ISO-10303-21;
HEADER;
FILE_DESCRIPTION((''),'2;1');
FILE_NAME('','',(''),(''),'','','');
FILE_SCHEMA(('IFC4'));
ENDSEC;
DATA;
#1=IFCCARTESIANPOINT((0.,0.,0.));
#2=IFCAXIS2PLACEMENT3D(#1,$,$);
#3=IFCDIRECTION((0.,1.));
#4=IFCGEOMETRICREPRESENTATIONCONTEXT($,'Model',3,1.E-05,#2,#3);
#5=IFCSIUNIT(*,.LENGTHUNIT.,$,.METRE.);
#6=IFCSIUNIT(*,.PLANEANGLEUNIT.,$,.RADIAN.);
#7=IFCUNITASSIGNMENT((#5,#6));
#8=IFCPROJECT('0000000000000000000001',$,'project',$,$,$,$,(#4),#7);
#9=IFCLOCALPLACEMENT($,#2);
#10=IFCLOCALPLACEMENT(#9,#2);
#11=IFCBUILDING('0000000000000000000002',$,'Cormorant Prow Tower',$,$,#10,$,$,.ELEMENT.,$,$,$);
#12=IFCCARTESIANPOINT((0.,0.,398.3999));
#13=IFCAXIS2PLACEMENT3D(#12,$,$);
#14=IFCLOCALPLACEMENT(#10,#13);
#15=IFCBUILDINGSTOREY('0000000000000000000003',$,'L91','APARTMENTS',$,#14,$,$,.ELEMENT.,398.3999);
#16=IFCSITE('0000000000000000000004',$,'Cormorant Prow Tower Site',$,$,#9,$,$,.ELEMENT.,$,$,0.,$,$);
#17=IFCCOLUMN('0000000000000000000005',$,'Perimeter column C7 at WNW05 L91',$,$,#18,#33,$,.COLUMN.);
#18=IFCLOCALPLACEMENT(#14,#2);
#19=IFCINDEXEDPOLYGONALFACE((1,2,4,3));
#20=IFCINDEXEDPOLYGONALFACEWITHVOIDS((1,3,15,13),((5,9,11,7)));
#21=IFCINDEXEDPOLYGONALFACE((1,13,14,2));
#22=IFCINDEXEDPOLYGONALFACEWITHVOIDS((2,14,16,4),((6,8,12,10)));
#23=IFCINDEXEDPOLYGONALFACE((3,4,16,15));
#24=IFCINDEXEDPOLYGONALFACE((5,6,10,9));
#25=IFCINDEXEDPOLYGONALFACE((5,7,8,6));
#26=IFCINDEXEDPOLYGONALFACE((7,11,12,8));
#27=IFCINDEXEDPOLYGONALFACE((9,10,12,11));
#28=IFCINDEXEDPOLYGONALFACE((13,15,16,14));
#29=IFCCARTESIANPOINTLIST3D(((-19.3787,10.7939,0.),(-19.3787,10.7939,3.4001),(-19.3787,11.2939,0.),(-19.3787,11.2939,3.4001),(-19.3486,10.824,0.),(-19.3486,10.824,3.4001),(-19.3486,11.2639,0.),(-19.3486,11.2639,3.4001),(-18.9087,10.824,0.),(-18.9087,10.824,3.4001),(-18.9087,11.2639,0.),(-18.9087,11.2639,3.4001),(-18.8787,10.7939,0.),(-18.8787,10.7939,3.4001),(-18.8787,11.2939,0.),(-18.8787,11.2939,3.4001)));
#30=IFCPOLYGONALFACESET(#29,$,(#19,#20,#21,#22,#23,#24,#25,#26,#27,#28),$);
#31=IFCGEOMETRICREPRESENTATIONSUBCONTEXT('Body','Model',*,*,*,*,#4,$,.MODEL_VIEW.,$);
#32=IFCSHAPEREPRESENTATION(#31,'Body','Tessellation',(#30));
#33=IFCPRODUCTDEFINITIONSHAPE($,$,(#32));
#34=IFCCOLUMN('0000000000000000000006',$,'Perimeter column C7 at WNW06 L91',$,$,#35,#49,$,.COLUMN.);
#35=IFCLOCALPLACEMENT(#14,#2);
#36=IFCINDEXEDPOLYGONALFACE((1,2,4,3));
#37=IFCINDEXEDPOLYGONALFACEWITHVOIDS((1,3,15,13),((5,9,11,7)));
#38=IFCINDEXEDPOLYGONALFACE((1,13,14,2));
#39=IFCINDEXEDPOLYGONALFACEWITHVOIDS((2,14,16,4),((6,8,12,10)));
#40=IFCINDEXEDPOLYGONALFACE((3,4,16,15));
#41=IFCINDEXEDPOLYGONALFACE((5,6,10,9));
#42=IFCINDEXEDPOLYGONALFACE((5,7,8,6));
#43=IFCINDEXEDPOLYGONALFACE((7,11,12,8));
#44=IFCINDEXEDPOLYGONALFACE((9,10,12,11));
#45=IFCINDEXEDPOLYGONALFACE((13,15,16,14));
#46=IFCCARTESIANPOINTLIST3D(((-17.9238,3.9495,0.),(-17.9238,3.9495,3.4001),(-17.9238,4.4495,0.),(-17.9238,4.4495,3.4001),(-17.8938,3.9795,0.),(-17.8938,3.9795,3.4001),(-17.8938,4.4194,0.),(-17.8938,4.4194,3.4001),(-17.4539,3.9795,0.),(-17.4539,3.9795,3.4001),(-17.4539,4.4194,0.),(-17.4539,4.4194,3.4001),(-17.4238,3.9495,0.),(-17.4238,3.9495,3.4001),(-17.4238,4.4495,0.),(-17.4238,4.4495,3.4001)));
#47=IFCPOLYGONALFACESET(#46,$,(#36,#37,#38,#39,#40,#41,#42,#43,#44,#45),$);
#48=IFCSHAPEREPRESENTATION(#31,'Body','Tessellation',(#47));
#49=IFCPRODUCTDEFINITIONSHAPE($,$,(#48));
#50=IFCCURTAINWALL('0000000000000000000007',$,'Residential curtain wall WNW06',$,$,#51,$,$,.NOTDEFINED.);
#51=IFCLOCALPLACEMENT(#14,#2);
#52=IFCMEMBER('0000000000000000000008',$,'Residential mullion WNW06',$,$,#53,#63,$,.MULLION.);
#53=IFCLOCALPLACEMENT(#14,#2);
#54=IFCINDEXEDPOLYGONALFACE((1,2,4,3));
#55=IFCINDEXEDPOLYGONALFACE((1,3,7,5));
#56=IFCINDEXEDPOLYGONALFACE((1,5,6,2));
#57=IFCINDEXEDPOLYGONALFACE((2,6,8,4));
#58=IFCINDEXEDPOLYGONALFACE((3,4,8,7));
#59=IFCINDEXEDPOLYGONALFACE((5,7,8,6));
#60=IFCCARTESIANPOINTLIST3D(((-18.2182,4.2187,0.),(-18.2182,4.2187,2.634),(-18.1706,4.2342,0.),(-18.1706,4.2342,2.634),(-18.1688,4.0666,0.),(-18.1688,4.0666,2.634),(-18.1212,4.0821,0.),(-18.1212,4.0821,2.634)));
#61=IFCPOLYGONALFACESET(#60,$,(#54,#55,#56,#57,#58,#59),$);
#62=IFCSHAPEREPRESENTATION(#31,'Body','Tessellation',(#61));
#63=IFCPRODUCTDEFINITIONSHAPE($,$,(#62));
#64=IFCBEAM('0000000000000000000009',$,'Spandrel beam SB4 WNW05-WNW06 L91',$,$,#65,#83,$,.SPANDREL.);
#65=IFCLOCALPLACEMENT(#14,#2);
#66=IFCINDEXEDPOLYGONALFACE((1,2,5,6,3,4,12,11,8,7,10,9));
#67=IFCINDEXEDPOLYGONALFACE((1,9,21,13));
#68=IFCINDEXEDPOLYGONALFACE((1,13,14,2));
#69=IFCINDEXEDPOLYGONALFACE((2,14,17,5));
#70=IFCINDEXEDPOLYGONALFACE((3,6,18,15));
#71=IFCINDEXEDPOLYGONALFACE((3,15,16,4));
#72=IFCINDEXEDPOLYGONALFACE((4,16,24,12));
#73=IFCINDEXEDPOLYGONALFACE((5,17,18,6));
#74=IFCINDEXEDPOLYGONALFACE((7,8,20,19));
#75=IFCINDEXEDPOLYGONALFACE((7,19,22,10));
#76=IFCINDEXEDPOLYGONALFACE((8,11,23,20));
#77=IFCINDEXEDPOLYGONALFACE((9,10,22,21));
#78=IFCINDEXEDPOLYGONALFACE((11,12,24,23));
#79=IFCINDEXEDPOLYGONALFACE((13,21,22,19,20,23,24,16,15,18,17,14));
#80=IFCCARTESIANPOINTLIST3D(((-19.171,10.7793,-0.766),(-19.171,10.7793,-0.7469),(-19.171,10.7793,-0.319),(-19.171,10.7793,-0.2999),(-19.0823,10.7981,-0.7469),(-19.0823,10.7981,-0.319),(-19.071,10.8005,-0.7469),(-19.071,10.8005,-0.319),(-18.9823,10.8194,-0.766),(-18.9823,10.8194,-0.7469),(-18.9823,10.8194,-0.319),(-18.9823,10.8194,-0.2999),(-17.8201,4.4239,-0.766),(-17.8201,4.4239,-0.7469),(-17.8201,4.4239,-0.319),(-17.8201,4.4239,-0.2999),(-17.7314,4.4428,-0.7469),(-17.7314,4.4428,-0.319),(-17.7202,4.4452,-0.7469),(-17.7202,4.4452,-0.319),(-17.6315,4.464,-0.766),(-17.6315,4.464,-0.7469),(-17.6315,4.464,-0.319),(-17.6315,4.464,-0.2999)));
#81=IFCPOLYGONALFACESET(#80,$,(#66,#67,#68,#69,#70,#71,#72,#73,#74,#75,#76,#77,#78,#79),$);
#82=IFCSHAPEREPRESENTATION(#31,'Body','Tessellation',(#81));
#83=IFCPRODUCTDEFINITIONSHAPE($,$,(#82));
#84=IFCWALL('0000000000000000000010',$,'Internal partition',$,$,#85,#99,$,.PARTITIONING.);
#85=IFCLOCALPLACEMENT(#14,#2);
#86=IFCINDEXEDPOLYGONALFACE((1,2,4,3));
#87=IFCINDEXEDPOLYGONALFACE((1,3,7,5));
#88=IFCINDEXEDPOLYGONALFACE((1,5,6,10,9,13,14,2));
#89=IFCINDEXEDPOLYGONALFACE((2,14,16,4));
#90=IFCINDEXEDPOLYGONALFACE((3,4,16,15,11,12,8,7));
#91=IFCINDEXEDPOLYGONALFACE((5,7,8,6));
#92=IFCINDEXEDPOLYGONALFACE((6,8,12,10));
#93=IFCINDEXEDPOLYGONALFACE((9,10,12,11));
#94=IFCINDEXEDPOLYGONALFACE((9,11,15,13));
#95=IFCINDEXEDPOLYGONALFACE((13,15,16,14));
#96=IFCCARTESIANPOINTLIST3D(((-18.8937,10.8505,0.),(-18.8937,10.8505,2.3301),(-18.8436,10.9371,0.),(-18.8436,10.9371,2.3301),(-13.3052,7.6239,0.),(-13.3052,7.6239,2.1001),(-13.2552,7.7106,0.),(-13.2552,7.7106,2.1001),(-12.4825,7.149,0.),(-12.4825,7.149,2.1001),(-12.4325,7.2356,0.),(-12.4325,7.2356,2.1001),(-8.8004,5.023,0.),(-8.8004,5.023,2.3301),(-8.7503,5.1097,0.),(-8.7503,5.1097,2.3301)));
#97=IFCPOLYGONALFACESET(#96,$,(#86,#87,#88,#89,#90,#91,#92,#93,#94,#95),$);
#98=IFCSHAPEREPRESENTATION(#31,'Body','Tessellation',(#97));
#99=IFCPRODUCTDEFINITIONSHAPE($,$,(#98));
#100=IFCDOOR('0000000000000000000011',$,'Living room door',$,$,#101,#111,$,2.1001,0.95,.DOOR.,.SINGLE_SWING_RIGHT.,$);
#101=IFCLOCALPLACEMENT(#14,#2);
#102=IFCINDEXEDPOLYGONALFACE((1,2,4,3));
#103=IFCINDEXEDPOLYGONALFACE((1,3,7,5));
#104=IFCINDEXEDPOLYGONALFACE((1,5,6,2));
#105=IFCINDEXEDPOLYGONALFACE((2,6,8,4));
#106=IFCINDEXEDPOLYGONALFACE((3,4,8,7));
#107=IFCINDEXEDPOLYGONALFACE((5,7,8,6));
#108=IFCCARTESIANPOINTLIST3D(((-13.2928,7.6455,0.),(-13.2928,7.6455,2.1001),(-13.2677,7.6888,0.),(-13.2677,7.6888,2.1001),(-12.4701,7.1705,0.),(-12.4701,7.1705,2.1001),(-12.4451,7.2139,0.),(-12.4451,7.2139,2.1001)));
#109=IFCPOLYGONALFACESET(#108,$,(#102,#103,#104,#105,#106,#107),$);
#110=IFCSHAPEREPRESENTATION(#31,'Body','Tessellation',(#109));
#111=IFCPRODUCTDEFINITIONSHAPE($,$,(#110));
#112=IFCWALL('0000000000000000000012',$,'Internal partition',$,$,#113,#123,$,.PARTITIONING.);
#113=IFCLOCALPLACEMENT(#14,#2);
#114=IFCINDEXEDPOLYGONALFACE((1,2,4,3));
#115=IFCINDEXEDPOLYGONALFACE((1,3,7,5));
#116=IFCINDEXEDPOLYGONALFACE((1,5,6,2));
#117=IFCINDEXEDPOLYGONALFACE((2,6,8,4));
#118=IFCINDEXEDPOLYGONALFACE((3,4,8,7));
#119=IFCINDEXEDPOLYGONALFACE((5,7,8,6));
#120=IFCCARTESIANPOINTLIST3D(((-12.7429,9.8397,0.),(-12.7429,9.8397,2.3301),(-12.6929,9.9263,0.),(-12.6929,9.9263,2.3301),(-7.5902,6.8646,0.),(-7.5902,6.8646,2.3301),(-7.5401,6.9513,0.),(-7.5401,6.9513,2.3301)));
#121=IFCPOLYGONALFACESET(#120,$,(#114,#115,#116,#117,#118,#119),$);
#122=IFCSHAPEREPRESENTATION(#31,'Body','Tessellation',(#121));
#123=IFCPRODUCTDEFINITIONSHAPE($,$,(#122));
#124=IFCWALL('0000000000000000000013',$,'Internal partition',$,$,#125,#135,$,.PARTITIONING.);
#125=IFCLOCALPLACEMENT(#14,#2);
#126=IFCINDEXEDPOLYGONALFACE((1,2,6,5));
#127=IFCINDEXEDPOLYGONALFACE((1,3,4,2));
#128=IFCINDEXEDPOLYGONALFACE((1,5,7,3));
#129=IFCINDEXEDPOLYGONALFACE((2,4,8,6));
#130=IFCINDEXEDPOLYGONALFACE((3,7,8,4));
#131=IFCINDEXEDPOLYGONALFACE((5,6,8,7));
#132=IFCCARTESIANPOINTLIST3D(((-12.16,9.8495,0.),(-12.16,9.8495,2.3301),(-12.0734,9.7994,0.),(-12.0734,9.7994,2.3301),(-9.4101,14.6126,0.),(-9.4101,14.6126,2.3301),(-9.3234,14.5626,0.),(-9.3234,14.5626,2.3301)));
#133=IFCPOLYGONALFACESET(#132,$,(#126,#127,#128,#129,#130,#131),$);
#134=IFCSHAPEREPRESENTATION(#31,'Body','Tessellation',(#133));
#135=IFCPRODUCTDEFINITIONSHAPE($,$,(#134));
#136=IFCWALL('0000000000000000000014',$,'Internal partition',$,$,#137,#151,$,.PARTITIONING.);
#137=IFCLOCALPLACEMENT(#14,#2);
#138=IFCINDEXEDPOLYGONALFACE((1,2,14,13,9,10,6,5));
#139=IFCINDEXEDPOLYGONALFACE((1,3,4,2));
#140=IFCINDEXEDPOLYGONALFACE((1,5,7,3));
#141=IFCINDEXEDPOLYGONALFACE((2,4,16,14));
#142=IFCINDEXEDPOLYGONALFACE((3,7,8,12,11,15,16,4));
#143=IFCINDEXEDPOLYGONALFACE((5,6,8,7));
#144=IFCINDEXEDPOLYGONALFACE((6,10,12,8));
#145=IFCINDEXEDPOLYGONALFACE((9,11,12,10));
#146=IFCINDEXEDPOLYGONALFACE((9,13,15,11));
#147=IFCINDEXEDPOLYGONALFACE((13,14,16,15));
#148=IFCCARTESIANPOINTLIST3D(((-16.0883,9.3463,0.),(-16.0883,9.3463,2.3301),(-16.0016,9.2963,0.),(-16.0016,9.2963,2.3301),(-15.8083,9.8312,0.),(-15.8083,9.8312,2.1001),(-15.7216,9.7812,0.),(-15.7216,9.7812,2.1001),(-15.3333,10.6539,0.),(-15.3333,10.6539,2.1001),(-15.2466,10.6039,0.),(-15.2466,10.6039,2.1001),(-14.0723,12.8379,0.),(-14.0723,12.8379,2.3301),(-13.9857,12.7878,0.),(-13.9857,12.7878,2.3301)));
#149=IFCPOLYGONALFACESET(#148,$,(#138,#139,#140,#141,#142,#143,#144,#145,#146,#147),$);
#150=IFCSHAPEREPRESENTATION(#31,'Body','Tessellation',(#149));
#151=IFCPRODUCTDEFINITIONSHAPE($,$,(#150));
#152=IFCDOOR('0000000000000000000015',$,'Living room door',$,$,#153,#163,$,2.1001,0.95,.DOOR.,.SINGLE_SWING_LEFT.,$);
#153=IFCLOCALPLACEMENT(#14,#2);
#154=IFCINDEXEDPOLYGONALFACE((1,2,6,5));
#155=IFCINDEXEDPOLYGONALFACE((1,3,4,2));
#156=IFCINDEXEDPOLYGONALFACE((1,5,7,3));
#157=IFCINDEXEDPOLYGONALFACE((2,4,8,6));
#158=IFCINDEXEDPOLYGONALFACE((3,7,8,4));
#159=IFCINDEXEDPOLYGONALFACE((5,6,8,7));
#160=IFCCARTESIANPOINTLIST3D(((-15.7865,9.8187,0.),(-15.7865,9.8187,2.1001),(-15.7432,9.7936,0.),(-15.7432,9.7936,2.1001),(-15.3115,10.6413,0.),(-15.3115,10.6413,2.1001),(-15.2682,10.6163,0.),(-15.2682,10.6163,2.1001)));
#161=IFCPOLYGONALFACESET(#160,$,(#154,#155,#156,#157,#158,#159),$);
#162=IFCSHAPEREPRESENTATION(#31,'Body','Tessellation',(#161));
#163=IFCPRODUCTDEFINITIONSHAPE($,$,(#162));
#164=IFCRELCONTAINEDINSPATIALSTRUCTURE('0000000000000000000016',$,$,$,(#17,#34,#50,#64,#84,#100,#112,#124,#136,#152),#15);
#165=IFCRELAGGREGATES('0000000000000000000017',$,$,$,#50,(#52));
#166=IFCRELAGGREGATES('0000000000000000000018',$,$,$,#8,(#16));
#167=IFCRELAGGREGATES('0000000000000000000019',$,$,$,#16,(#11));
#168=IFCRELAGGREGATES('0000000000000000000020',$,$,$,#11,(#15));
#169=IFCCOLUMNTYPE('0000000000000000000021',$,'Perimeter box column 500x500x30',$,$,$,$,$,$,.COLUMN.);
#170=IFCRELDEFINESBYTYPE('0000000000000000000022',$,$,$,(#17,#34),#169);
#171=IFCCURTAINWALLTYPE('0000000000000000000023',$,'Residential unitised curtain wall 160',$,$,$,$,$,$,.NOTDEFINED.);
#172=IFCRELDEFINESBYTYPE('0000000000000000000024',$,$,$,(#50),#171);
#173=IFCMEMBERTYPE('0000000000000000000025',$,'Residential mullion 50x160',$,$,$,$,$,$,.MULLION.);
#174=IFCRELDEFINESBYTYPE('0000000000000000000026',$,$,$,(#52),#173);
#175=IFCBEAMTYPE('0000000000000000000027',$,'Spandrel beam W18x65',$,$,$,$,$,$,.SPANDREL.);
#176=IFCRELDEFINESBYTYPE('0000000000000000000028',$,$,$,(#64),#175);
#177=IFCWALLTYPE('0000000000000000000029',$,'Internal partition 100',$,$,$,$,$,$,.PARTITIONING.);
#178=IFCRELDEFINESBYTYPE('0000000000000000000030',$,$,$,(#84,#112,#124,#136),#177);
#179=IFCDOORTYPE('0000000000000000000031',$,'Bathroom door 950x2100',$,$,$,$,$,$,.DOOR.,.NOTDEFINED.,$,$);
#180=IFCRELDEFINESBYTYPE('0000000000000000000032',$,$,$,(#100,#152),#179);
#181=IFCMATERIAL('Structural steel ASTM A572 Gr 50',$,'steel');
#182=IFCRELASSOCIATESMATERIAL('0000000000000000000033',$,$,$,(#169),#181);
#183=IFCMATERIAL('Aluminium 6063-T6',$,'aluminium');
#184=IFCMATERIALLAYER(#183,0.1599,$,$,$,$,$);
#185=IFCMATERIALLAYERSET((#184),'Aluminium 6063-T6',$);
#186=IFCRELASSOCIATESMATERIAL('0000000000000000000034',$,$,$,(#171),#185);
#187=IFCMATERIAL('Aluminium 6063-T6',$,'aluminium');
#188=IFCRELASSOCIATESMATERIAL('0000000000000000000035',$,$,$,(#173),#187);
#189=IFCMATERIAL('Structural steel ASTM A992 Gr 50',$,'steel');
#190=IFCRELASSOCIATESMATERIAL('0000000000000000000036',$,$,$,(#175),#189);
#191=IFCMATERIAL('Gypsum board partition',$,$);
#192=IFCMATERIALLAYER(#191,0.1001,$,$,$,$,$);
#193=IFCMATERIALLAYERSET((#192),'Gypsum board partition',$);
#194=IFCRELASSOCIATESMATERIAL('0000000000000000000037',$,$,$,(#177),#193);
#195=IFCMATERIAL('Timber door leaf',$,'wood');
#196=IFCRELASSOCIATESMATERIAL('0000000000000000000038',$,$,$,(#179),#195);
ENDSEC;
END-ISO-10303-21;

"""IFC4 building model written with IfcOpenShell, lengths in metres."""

from ifc_helpers import new_model, si_unit, direction, frame, frame_2d, origin, origin_2d, place, context, subcontext, project, spatial, rectangle, hollow_rectangle, i_section, extrude, material, layer, layer_set, material_profile, profile_set, type_object, element, fill, aggregate, save


model = new_model("IFC4")

# Units and contexts
model_context = context("Model", 3, precision=1e-05, world=origin(), true_north=direction((0.0, 1.0)))
body_context = subcontext(model_context, "Body", "Model", "MODEL_VIEW")
ifc_project = project(units=[si_unit("LENGTHUNIT", "METRE"), si_unit("PLANEANGLEUNIT", "RADIAN")], contexts=[model_context])

# Site, building, storey
site_placement = place(None, origin())
site = spatial("IfcSite", under=ifc_project, at=site_placement, Name="Cormorant Prow Tower Site", CompositionType="ELEMENT", RefElevation=0.0)
building_placement = place(site_placement, origin())
building = spatial("IfcBuilding", under=site, at=building_placement, Name="Cormorant Prow Tower", CompositionType="ELEMENT")
storey_placement = place(building_placement, frame((0.0, 0.0, 398.3999)))
storey = spatial("IfcBuildingStorey", under=building, at=storey_placement, Name="L91", Description="APARTMENTS", CompositionType="ELEMENT", Elevation=398.3999)

# Columns
ifc_material_1 = material(Name="Structural steel ASTM A572 Gr 50", Category="steel")
ifc_material_profile_1 = material_profile(ifc_material_1, hollow_rectangle(XDim=0.5, YDim=0.5, WallThickness=0.03, at=origin_2d()), Name="Box 500x500x30")
ifc_profile_set_1 = profile_set([ifc_material_profile_1], Name="Structural steel ASTM A572 Gr 50")
column_type = type_object("IfcColumnType", Name="Perimeter box column 500x500x30", PredefinedType="COLUMN", material=ifc_profile_set_1)
for number, where, z_axis, x_axis, name in (
    (1, (-19.1287, 11.0439, 0.0), (0.0, 0.0, 1.0), (1.0, 0.0, 0.0), "Perimeter column C7 at WNW05 L91"),
    (2, (-17.6738, 4.1995, 0.0), (0.0, 0.0, 1.0), (1.0, 0.0, 0.0), "Perimeter column C7 at WNW06 L91"),
):
    element("IfcColumn", number, at=place(storey_placement, frame(where, z_axis=z_axis, x_axis=x_axis)), inside=storey, type_object=column_type, Name=name, PredefinedType="COLUMN", context=body_context, shape_type="SweptSolid", body=[
        extrude(hollow_rectangle(XDim=0.5, YDim=0.5, WallThickness=0.03, at=origin_2d()), origin(), (0.0, 0.0, 1.0), 3.4001),
    ])

# Curtain wall, member
ifc_material_2 = material(Name="Aluminium 6063-T6", Category="aluminium")
ifc_layer_1 = layer(ifc_material_2, 0.1599)
ifc_layer_set_1 = layer_set([ifc_layer_1], Name="Aluminium 6063-T6")
curtain_wall_type = type_object("IfcCurtainWallType", Name="Residential unitised curtain wall 160", PredefinedType="NOTDEFINED", material=ifc_layer_set_1)
curtain_wall_placement = place(storey_placement, origin())
curtain_wall = element("IfcCurtainWall", 3, at=curtain_wall_placement, inside=storey, type_object=curtain_wall_type, Name="Residential curtain wall WNW06", PredefinedType="NOTDEFINED")
ifc_material_3 = material(Name="Aluminium 6063-T6", Category="aluminium")
ifc_material_profile_2 = material_profile(ifc_material_3, rectangle(XDim=0.1599, YDim=0.05, at=origin_2d()), Name="Residential mullion 50x160")
ifc_profile_set_2 = profile_set([ifc_material_profile_2], Name="Aluminium 6063-T6")
member_type = type_object("IfcMemberType", Name="Residential mullion 50x160", PredefinedType="MULLION", material=ifc_profile_set_2)
member_placement = place(storey_placement, frame((-18.1697, 4.1504, 0.0), z_axis=(0.0, 0.0, 1.0), x_axis=(0.309017, -0.951056, 0.0)))
member = element("IfcMember", 4, at=member_placement, type_object=member_type, Name="Residential mullion WNW06", PredefinedType="MULLION", context=body_context, shape_type="SweptSolid", body=[
    extrude(rectangle(XDim=0.1599, YDim=0.05, at=origin_2d()), origin(), (0.0, 0.0, 1.0), 2.634),
])
aggregate(curtain_wall, [member])

# Beam
ifc_material_4 = material(Name="Structural steel ASTM A992 Gr 50", Category="steel")
ifc_material_profile_3 = material_profile(ifc_material_4, i_section(OverallWidth=0.1929, OverallDepth=0.4661, WebThickness=0.0115, FlangeThickness=0.019, at=origin_2d()), Name="W18x65")
ifc_profile_set_3 = profile_set([ifc_material_profile_3], Name="Structural steel ASTM A992 Gr 50")
beam_type = type_object("IfcBeamType", Name="Spandrel beam W18x65", PredefinedType="SPANDREL", material=ifc_profile_set_3)
beam_placement = place(storey_placement, frame((-19.0767, 10.7993, -0.533), z_axis=(0.20791, -0.978148, 0.0), x_axis=(0.978148, 0.20791, 0.0)))
element("IfcBeam", 5, at=beam_placement, inside=storey, type_object=beam_type, Name="Spandrel beam SB4 WNW05-WNW06 L91", PredefinedType="SPANDREL", context=body_context, shape_type="SweptSolid", body=[
    extrude(i_section(OverallWidth=0.1929, OverallDepth=0.4661, WebThickness=0.0115, FlangeThickness=0.019, at=origin_2d()), origin(), (0.0, 0.0, 1.0), 6.4973),
])

# Wall, opening, door
ifc_material_5 = material(Name="Gypsum board partition")
ifc_layer_2 = layer(ifc_material_5, 0.1001)
ifc_layer_set_2 = layer_set([ifc_layer_2], Name="Gypsum board partition")
wall_type_1 = type_object("IfcWallType", Name="Internal partition 100", PredefinedType="PARTITIONING", material=ifc_layer_set_2)
wall_1_placement = place(storey_placement, frame((-18.8687, 10.8938, 0.0), z_axis=(0.0, 0.0, 1.0), x_axis=(0.866024, -0.500003, 0.0)))
wall_1 = element("IfcWall", 6, at=wall_1_placement, inside=storey, type_object=wall_type_1, Name="Internal partition", PredefinedType="PARTITIONING", context=body_context, shape_type="SweptSolid", body=[
    extrude(rectangle(XDim=11.6548, YDim=0.1001, at=frame_2d((5.8274, 0.0))), origin(), (0.0, 0.0, 1.0), 2.3301),
])
opening_1_placement = place(wall_1_placement, frame((6.4529, 0.0, 0.0)))
opening_1 = element("IfcOpeningElement", 7, at=opening_1_placement, cuts=wall_1, PredefinedType="OPENING", context=body_context, shape_type="SweptSolid", body=[
    extrude(rectangle(XDim=0.95, YDim=2.1001, at=frame_2d((0.4751, 1.05))), frame((0.0, 0.0601, 0.0), z_axis=(0.0, -1.0, 0.0), x_axis=(1.0, 0.0, 0.0)), (0.0, 0.0, 1.0), 0.1201),
])
ifc_material_6 = material(Name="Timber door leaf", Category="wood")
door_type_1 = type_object("IfcDoorType", Name="Bathroom door 950x2100", OperationType="NOTDEFINED", PredefinedType="DOOR", material=ifc_material_6)
door_1_placement = place(opening_1_placement, origin())
door_1 = element("IfcDoor", 8, at=door_1_placement, inside=storey, type_object=door_type_1, Name="Living room door", OperationType="SINGLE_SWING_RIGHT", OverallHeight=2.1001, OverallWidth=0.95, PredefinedType="DOOR", context=body_context, shape_type="SweptSolid", body=[
    extrude(rectangle(XDim=0.95, YDim=2.1001, at=frame_2d((0.4751, 1.05))), frame((0.0, 0.0249, 0.0), z_axis=(0.0, -1.0, 0.0), x_axis=(1.0, 0.0, 0.0)), (0.0, 0.0, 1.0), 0.05),
])
fill(opening_1, door_1)

# Walls
wall_2_placement = place(storey_placement, frame((-12.718, 9.8831, 0.0), z_axis=(0.0, 0.0, 1.0), x_axis=(0.866017, -0.500014, 0.0)))
element("IfcWall", 9, at=wall_2_placement, inside=storey, type_object=wall_type_1, Name="Internal partition", PredefinedType="PARTITIONING", context=body_context, shape_type="SweptSolid", body=[
    extrude(rectangle(XDim=5.95, YDim=0.1001, at=frame_2d((2.9751, 0.0))), origin(), (0.0, 0.0, 1.0), 2.3301),
])
wall_3_placement = place(storey_placement, frame((-12.1167, 9.8245, 0.0), z_axis=(0.0, 0.0, 1.0), x_axis=(0.499997, 0.866027, 0.0)))
element("IfcWall", 10, at=wall_3_placement, inside=storey, type_object=wall_type_1, Name="Internal partition", PredefinedType="PARTITIONING", context=body_context, shape_type="SweptSolid", body=[
    extrude(rectangle(XDim=5.5, YDim=0.1001, at=frame_2d((2.75, 0.0))), origin(), (0.0, 0.0, 1.0), 2.3301),
])

# Wall, opening, door
wall_4_placement = place(storey_placement, frame((-16.0449, 9.3213, 0.0), z_axis=(0.0, 0.0, 1.0), x_axis=(0.500014, 0.866017, 0.0)))
wall_4 = element("IfcWall", 11, at=wall_4_placement, inside=storey, type_object=wall_type_1, Name="Internal partition", PredefinedType="PARTITIONING", context=body_context, shape_type="SweptSolid", body=[
    extrude(rectangle(XDim=4.0317, YDim=0.1001, at=frame_2d((2.0159, 0.0))), origin(), (0.0, 0.0, 1.0), 2.3301),
])
opening_2_placement = place(wall_4_placement, frame((0.5598, 0.0, 0.0)))
opening_2 = element("IfcOpeningElement", 12, at=opening_2_placement, cuts=wall_4, PredefinedType="OPENING", context=body_context, shape_type="SweptSolid", body=[
    extrude(rectangle(XDim=0.95, YDim=2.1001, at=frame_2d((0.4751, 1.05))), frame((0.0, 0.0601, 0.0), z_axis=(0.0, -1.0, 0.0), x_axis=(1.0, 0.0, 0.0)), (0.0, 0.0, 1.0), 0.1201),
])
door_2_placement = place(opening_2_placement, origin())
door_2 = element("IfcDoor", 13, at=door_2_placement, inside=storey, type_object=door_type_1, Name="Living room door", OperationType="SINGLE_SWING_LEFT", OverallHeight=2.1001, OverallWidth=0.95, PredefinedType="DOOR", context=body_context, shape_type="SweptSolid", body=[
    extrude(rectangle(XDim=0.95, YDim=2.1001, at=frame_2d((0.4751, 1.05))), frame((0.0, 0.0249, 0.0), z_axis=(0.0, -1.0, 0.0), x_axis=(1.0, 0.0, 0.0)), (0.0, 0.0, 1.0), 0.05),
])
fill(opening_2, door_2)

save(model, "model.ifc")
